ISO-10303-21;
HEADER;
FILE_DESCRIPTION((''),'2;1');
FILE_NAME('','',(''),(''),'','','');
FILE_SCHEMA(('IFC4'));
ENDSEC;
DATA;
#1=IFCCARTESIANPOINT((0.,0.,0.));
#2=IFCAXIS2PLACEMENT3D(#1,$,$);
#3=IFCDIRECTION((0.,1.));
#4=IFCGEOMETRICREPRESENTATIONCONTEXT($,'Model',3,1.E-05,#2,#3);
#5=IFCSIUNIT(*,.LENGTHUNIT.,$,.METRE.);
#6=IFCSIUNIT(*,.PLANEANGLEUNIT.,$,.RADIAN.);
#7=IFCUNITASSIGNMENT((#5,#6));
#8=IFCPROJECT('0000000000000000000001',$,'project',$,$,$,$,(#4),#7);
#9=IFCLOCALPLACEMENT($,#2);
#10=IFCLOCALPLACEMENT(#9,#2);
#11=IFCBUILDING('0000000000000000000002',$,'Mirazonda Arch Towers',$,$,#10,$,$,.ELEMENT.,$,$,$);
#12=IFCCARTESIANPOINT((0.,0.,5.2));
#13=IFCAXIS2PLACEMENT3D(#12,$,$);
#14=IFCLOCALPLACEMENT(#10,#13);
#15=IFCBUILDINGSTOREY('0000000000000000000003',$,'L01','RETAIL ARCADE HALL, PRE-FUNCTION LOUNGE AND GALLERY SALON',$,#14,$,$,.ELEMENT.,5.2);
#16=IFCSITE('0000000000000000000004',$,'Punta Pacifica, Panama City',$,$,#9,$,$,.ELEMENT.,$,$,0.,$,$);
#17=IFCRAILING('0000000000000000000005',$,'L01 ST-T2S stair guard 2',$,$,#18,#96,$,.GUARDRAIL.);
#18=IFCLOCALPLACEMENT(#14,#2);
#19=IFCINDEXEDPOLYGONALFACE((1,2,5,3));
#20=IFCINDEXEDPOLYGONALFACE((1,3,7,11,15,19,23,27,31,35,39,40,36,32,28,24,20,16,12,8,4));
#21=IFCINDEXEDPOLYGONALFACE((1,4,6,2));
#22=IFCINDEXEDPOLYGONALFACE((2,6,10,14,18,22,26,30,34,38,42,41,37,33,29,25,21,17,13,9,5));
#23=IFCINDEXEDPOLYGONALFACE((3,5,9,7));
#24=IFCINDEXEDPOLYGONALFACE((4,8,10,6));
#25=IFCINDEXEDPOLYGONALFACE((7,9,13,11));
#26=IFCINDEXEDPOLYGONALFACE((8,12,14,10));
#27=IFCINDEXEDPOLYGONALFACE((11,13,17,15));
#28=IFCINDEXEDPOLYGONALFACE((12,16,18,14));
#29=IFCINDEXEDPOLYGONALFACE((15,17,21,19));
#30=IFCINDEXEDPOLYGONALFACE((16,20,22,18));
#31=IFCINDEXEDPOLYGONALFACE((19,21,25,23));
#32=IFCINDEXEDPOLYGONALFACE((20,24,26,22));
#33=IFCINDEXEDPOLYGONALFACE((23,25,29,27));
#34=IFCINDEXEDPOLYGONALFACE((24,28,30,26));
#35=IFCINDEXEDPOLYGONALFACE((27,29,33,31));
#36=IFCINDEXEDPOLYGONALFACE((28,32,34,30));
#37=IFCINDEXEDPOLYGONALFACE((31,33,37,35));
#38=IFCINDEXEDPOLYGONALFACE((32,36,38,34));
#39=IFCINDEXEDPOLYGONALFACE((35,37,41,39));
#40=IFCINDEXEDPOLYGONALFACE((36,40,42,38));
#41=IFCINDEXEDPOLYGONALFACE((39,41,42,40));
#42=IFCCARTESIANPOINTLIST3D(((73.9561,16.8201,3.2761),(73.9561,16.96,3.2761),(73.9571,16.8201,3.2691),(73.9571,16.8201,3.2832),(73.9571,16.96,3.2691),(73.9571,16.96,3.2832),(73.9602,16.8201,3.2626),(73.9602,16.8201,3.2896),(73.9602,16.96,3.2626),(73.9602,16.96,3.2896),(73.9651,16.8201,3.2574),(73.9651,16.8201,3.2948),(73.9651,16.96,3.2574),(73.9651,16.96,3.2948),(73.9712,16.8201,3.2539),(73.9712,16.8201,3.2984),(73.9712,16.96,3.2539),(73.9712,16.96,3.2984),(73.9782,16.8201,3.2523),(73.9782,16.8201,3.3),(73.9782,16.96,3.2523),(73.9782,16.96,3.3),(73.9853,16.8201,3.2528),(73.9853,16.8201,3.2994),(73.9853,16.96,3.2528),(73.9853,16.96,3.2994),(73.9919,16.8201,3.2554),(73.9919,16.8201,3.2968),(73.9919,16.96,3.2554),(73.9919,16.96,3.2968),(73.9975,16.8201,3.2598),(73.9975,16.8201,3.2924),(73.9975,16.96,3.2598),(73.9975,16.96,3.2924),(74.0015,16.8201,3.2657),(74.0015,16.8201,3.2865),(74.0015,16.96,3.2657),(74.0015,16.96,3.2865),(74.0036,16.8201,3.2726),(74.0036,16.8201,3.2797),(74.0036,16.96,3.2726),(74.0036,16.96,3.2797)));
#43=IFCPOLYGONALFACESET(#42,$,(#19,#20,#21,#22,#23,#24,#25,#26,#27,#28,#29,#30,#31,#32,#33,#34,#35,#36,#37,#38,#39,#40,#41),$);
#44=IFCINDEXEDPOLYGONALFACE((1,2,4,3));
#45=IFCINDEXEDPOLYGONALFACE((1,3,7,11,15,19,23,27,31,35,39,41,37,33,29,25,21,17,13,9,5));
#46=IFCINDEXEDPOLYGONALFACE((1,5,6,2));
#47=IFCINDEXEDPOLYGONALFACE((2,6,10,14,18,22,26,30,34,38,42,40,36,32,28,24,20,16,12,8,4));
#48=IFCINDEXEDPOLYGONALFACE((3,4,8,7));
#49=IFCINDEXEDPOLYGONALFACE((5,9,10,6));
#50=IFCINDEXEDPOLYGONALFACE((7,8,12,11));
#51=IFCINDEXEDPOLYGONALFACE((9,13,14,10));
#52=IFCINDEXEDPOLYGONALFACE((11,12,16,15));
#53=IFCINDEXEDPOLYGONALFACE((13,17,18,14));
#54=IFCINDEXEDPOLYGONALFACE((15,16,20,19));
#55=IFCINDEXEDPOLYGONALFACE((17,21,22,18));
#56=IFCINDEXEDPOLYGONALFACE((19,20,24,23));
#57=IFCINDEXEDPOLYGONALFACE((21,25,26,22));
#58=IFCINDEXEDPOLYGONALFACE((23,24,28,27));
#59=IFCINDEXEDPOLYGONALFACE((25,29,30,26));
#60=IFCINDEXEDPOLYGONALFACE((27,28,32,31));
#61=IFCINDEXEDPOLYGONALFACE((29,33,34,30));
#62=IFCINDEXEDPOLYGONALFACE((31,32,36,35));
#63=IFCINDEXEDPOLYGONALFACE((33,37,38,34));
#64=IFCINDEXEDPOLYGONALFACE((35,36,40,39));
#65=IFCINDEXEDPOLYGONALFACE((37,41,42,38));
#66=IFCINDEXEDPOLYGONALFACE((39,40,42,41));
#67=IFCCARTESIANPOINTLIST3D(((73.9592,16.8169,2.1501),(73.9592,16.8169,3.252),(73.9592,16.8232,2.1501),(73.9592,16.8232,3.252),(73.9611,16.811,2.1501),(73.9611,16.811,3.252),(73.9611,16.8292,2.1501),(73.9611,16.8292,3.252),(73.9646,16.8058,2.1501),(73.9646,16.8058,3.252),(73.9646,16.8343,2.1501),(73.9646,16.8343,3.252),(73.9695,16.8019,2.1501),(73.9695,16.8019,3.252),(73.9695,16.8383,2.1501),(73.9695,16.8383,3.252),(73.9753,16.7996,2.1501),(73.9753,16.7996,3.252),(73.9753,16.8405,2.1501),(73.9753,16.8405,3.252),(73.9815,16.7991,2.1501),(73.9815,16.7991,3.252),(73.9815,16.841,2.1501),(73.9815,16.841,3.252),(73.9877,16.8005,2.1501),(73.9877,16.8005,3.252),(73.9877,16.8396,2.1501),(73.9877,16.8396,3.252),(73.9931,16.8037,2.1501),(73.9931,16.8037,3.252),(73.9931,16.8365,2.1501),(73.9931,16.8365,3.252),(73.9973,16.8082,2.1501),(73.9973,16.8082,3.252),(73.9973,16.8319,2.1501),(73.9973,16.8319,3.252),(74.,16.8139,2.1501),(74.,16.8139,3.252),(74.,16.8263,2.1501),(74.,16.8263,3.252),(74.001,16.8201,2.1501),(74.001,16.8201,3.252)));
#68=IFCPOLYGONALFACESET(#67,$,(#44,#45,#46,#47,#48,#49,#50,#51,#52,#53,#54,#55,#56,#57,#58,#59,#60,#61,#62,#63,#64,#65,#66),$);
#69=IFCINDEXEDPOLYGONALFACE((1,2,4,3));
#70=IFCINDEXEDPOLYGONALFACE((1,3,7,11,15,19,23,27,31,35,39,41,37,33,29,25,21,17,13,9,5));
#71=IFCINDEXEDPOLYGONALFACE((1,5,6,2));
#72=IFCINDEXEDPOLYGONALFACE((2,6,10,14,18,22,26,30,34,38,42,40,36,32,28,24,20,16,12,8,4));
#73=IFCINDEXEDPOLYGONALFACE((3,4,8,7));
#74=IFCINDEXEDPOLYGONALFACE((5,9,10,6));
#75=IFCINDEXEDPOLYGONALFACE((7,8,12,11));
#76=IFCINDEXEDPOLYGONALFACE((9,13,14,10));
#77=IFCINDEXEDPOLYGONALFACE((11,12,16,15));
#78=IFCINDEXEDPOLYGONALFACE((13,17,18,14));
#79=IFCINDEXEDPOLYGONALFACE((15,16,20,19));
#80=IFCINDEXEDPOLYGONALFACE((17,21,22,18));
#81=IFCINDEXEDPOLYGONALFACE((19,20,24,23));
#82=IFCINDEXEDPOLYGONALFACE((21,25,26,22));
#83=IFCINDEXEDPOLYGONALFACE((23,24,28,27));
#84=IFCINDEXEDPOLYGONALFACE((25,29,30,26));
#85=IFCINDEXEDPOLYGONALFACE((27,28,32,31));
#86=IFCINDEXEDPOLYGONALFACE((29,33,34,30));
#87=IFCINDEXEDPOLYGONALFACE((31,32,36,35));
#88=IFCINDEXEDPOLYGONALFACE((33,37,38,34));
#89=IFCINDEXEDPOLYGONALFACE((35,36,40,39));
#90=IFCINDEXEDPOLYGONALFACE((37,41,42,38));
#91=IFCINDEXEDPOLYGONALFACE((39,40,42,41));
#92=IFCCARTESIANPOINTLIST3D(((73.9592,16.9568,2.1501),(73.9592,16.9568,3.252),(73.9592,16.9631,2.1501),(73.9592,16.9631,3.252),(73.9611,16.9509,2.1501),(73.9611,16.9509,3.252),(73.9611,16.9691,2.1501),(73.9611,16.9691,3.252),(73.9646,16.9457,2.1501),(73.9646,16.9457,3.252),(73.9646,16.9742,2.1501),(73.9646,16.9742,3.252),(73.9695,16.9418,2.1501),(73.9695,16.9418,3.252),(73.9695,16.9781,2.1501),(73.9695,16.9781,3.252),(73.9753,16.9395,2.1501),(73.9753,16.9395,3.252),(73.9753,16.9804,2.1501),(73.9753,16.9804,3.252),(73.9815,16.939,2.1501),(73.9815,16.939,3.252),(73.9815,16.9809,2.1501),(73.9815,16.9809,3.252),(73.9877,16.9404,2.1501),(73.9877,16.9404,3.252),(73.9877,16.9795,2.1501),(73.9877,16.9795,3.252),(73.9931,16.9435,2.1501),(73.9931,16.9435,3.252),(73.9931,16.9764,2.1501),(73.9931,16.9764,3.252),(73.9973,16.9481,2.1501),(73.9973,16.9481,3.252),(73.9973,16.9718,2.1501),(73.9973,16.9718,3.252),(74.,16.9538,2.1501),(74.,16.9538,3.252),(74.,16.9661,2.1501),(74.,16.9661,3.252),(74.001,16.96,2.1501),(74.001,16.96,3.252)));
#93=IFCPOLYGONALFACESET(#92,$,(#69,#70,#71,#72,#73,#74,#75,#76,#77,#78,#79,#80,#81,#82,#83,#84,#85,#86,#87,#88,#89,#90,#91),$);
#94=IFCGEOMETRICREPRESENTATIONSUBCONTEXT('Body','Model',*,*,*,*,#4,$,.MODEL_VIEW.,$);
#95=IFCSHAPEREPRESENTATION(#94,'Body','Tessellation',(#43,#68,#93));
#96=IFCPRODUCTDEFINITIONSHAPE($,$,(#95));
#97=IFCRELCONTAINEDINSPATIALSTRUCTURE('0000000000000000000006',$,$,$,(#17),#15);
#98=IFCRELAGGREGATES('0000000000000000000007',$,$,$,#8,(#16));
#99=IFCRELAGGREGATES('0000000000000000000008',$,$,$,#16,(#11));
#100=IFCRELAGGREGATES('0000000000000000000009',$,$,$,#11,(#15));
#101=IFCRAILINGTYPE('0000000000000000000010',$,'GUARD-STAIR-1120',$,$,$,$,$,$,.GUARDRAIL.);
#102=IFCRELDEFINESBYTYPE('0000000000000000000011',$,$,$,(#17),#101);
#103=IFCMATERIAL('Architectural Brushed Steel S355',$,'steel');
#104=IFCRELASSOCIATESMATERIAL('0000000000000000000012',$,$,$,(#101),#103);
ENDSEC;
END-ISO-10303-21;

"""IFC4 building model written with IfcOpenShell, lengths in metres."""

from ifc_helpers import new_model, si_unit, direction, frame, origin, origin_2d, place, context, subcontext, project, spatial, circle, extrude, material, type_object, element, save


model = new_model("IFC4")

# Units and contexts
model_context = context("Model", 3, precision=1e-05, world=origin(), true_north=direction((0.0, 1.0)))
body_context = subcontext(model_context, "Body", "Model", "MODEL_VIEW")
ifc_project = project(units=[si_unit("LENGTHUNIT", "METRE"), si_unit("PLANEANGLEUNIT", "RADIAN")], contexts=[model_context])

# Site, building, storey
site_placement = place(None, origin())
site = spatial("IfcSite", under=ifc_project, at=site_placement, Name="Punta Pacifica, Panama City", CompositionType="ELEMENT", RefElevation=0.0)
building_placement = place(site_placement, origin())
building = spatial("IfcBuilding", under=site, at=building_placement, Name="Mirazonda Arch Towers", CompositionType="ELEMENT")
storey_placement = place(building_placement, frame((0.0, 0.0, 5.2)))
storey = spatial("IfcBuildingStorey", under=building, at=storey_placement, Name="L01", Description="RETAIL ARCADE HALL, PRE-FUNCTION LOUNGE AND GALLERY SALON", CompositionType="ELEMENT", Elevation=5.2)

# Railing
ifc_material_1 = material(Name="Architectural Brushed Steel S355", Category="steel")
railing_type_1 = type_object("IfcRailingType", Name="GUARD-STAIR-1120", PredefinedType="GUARDRAIL", material=ifc_material_1)
railing_1_placement = place(storey_placement, frame((73.98, 16.8201, 2.1501)))
element("IfcRailing", 1, at=railing_1_placement, inside=storey, type_object=railing_type_1, Name="L01 ST-T2S stair guard 2", PredefinedType="GUARDRAIL", context=body_context, shape_type="SweptSolid", body=[
    extrude(circle(Radius=0.0239, at=origin_2d()), frame((0.0, 0.0, 1.126), z_axis=(0.0, 1.0, 0.0), x_axis=(-1.0, 0.0, 0.0)), (0.0, 0.0, 1.0), 0.1399),
    extrude(circle(Radius=0.021, at=origin_2d()), origin(), (0.0, 0.0, 1.0), 1.1018),
    extrude(circle(Radius=0.021, at=origin_2d()), frame((0.0, 0.1399, 0.0)), (0.0, 0.0, 1.0), 1.1018),
])

save(model, "model.ifc")
